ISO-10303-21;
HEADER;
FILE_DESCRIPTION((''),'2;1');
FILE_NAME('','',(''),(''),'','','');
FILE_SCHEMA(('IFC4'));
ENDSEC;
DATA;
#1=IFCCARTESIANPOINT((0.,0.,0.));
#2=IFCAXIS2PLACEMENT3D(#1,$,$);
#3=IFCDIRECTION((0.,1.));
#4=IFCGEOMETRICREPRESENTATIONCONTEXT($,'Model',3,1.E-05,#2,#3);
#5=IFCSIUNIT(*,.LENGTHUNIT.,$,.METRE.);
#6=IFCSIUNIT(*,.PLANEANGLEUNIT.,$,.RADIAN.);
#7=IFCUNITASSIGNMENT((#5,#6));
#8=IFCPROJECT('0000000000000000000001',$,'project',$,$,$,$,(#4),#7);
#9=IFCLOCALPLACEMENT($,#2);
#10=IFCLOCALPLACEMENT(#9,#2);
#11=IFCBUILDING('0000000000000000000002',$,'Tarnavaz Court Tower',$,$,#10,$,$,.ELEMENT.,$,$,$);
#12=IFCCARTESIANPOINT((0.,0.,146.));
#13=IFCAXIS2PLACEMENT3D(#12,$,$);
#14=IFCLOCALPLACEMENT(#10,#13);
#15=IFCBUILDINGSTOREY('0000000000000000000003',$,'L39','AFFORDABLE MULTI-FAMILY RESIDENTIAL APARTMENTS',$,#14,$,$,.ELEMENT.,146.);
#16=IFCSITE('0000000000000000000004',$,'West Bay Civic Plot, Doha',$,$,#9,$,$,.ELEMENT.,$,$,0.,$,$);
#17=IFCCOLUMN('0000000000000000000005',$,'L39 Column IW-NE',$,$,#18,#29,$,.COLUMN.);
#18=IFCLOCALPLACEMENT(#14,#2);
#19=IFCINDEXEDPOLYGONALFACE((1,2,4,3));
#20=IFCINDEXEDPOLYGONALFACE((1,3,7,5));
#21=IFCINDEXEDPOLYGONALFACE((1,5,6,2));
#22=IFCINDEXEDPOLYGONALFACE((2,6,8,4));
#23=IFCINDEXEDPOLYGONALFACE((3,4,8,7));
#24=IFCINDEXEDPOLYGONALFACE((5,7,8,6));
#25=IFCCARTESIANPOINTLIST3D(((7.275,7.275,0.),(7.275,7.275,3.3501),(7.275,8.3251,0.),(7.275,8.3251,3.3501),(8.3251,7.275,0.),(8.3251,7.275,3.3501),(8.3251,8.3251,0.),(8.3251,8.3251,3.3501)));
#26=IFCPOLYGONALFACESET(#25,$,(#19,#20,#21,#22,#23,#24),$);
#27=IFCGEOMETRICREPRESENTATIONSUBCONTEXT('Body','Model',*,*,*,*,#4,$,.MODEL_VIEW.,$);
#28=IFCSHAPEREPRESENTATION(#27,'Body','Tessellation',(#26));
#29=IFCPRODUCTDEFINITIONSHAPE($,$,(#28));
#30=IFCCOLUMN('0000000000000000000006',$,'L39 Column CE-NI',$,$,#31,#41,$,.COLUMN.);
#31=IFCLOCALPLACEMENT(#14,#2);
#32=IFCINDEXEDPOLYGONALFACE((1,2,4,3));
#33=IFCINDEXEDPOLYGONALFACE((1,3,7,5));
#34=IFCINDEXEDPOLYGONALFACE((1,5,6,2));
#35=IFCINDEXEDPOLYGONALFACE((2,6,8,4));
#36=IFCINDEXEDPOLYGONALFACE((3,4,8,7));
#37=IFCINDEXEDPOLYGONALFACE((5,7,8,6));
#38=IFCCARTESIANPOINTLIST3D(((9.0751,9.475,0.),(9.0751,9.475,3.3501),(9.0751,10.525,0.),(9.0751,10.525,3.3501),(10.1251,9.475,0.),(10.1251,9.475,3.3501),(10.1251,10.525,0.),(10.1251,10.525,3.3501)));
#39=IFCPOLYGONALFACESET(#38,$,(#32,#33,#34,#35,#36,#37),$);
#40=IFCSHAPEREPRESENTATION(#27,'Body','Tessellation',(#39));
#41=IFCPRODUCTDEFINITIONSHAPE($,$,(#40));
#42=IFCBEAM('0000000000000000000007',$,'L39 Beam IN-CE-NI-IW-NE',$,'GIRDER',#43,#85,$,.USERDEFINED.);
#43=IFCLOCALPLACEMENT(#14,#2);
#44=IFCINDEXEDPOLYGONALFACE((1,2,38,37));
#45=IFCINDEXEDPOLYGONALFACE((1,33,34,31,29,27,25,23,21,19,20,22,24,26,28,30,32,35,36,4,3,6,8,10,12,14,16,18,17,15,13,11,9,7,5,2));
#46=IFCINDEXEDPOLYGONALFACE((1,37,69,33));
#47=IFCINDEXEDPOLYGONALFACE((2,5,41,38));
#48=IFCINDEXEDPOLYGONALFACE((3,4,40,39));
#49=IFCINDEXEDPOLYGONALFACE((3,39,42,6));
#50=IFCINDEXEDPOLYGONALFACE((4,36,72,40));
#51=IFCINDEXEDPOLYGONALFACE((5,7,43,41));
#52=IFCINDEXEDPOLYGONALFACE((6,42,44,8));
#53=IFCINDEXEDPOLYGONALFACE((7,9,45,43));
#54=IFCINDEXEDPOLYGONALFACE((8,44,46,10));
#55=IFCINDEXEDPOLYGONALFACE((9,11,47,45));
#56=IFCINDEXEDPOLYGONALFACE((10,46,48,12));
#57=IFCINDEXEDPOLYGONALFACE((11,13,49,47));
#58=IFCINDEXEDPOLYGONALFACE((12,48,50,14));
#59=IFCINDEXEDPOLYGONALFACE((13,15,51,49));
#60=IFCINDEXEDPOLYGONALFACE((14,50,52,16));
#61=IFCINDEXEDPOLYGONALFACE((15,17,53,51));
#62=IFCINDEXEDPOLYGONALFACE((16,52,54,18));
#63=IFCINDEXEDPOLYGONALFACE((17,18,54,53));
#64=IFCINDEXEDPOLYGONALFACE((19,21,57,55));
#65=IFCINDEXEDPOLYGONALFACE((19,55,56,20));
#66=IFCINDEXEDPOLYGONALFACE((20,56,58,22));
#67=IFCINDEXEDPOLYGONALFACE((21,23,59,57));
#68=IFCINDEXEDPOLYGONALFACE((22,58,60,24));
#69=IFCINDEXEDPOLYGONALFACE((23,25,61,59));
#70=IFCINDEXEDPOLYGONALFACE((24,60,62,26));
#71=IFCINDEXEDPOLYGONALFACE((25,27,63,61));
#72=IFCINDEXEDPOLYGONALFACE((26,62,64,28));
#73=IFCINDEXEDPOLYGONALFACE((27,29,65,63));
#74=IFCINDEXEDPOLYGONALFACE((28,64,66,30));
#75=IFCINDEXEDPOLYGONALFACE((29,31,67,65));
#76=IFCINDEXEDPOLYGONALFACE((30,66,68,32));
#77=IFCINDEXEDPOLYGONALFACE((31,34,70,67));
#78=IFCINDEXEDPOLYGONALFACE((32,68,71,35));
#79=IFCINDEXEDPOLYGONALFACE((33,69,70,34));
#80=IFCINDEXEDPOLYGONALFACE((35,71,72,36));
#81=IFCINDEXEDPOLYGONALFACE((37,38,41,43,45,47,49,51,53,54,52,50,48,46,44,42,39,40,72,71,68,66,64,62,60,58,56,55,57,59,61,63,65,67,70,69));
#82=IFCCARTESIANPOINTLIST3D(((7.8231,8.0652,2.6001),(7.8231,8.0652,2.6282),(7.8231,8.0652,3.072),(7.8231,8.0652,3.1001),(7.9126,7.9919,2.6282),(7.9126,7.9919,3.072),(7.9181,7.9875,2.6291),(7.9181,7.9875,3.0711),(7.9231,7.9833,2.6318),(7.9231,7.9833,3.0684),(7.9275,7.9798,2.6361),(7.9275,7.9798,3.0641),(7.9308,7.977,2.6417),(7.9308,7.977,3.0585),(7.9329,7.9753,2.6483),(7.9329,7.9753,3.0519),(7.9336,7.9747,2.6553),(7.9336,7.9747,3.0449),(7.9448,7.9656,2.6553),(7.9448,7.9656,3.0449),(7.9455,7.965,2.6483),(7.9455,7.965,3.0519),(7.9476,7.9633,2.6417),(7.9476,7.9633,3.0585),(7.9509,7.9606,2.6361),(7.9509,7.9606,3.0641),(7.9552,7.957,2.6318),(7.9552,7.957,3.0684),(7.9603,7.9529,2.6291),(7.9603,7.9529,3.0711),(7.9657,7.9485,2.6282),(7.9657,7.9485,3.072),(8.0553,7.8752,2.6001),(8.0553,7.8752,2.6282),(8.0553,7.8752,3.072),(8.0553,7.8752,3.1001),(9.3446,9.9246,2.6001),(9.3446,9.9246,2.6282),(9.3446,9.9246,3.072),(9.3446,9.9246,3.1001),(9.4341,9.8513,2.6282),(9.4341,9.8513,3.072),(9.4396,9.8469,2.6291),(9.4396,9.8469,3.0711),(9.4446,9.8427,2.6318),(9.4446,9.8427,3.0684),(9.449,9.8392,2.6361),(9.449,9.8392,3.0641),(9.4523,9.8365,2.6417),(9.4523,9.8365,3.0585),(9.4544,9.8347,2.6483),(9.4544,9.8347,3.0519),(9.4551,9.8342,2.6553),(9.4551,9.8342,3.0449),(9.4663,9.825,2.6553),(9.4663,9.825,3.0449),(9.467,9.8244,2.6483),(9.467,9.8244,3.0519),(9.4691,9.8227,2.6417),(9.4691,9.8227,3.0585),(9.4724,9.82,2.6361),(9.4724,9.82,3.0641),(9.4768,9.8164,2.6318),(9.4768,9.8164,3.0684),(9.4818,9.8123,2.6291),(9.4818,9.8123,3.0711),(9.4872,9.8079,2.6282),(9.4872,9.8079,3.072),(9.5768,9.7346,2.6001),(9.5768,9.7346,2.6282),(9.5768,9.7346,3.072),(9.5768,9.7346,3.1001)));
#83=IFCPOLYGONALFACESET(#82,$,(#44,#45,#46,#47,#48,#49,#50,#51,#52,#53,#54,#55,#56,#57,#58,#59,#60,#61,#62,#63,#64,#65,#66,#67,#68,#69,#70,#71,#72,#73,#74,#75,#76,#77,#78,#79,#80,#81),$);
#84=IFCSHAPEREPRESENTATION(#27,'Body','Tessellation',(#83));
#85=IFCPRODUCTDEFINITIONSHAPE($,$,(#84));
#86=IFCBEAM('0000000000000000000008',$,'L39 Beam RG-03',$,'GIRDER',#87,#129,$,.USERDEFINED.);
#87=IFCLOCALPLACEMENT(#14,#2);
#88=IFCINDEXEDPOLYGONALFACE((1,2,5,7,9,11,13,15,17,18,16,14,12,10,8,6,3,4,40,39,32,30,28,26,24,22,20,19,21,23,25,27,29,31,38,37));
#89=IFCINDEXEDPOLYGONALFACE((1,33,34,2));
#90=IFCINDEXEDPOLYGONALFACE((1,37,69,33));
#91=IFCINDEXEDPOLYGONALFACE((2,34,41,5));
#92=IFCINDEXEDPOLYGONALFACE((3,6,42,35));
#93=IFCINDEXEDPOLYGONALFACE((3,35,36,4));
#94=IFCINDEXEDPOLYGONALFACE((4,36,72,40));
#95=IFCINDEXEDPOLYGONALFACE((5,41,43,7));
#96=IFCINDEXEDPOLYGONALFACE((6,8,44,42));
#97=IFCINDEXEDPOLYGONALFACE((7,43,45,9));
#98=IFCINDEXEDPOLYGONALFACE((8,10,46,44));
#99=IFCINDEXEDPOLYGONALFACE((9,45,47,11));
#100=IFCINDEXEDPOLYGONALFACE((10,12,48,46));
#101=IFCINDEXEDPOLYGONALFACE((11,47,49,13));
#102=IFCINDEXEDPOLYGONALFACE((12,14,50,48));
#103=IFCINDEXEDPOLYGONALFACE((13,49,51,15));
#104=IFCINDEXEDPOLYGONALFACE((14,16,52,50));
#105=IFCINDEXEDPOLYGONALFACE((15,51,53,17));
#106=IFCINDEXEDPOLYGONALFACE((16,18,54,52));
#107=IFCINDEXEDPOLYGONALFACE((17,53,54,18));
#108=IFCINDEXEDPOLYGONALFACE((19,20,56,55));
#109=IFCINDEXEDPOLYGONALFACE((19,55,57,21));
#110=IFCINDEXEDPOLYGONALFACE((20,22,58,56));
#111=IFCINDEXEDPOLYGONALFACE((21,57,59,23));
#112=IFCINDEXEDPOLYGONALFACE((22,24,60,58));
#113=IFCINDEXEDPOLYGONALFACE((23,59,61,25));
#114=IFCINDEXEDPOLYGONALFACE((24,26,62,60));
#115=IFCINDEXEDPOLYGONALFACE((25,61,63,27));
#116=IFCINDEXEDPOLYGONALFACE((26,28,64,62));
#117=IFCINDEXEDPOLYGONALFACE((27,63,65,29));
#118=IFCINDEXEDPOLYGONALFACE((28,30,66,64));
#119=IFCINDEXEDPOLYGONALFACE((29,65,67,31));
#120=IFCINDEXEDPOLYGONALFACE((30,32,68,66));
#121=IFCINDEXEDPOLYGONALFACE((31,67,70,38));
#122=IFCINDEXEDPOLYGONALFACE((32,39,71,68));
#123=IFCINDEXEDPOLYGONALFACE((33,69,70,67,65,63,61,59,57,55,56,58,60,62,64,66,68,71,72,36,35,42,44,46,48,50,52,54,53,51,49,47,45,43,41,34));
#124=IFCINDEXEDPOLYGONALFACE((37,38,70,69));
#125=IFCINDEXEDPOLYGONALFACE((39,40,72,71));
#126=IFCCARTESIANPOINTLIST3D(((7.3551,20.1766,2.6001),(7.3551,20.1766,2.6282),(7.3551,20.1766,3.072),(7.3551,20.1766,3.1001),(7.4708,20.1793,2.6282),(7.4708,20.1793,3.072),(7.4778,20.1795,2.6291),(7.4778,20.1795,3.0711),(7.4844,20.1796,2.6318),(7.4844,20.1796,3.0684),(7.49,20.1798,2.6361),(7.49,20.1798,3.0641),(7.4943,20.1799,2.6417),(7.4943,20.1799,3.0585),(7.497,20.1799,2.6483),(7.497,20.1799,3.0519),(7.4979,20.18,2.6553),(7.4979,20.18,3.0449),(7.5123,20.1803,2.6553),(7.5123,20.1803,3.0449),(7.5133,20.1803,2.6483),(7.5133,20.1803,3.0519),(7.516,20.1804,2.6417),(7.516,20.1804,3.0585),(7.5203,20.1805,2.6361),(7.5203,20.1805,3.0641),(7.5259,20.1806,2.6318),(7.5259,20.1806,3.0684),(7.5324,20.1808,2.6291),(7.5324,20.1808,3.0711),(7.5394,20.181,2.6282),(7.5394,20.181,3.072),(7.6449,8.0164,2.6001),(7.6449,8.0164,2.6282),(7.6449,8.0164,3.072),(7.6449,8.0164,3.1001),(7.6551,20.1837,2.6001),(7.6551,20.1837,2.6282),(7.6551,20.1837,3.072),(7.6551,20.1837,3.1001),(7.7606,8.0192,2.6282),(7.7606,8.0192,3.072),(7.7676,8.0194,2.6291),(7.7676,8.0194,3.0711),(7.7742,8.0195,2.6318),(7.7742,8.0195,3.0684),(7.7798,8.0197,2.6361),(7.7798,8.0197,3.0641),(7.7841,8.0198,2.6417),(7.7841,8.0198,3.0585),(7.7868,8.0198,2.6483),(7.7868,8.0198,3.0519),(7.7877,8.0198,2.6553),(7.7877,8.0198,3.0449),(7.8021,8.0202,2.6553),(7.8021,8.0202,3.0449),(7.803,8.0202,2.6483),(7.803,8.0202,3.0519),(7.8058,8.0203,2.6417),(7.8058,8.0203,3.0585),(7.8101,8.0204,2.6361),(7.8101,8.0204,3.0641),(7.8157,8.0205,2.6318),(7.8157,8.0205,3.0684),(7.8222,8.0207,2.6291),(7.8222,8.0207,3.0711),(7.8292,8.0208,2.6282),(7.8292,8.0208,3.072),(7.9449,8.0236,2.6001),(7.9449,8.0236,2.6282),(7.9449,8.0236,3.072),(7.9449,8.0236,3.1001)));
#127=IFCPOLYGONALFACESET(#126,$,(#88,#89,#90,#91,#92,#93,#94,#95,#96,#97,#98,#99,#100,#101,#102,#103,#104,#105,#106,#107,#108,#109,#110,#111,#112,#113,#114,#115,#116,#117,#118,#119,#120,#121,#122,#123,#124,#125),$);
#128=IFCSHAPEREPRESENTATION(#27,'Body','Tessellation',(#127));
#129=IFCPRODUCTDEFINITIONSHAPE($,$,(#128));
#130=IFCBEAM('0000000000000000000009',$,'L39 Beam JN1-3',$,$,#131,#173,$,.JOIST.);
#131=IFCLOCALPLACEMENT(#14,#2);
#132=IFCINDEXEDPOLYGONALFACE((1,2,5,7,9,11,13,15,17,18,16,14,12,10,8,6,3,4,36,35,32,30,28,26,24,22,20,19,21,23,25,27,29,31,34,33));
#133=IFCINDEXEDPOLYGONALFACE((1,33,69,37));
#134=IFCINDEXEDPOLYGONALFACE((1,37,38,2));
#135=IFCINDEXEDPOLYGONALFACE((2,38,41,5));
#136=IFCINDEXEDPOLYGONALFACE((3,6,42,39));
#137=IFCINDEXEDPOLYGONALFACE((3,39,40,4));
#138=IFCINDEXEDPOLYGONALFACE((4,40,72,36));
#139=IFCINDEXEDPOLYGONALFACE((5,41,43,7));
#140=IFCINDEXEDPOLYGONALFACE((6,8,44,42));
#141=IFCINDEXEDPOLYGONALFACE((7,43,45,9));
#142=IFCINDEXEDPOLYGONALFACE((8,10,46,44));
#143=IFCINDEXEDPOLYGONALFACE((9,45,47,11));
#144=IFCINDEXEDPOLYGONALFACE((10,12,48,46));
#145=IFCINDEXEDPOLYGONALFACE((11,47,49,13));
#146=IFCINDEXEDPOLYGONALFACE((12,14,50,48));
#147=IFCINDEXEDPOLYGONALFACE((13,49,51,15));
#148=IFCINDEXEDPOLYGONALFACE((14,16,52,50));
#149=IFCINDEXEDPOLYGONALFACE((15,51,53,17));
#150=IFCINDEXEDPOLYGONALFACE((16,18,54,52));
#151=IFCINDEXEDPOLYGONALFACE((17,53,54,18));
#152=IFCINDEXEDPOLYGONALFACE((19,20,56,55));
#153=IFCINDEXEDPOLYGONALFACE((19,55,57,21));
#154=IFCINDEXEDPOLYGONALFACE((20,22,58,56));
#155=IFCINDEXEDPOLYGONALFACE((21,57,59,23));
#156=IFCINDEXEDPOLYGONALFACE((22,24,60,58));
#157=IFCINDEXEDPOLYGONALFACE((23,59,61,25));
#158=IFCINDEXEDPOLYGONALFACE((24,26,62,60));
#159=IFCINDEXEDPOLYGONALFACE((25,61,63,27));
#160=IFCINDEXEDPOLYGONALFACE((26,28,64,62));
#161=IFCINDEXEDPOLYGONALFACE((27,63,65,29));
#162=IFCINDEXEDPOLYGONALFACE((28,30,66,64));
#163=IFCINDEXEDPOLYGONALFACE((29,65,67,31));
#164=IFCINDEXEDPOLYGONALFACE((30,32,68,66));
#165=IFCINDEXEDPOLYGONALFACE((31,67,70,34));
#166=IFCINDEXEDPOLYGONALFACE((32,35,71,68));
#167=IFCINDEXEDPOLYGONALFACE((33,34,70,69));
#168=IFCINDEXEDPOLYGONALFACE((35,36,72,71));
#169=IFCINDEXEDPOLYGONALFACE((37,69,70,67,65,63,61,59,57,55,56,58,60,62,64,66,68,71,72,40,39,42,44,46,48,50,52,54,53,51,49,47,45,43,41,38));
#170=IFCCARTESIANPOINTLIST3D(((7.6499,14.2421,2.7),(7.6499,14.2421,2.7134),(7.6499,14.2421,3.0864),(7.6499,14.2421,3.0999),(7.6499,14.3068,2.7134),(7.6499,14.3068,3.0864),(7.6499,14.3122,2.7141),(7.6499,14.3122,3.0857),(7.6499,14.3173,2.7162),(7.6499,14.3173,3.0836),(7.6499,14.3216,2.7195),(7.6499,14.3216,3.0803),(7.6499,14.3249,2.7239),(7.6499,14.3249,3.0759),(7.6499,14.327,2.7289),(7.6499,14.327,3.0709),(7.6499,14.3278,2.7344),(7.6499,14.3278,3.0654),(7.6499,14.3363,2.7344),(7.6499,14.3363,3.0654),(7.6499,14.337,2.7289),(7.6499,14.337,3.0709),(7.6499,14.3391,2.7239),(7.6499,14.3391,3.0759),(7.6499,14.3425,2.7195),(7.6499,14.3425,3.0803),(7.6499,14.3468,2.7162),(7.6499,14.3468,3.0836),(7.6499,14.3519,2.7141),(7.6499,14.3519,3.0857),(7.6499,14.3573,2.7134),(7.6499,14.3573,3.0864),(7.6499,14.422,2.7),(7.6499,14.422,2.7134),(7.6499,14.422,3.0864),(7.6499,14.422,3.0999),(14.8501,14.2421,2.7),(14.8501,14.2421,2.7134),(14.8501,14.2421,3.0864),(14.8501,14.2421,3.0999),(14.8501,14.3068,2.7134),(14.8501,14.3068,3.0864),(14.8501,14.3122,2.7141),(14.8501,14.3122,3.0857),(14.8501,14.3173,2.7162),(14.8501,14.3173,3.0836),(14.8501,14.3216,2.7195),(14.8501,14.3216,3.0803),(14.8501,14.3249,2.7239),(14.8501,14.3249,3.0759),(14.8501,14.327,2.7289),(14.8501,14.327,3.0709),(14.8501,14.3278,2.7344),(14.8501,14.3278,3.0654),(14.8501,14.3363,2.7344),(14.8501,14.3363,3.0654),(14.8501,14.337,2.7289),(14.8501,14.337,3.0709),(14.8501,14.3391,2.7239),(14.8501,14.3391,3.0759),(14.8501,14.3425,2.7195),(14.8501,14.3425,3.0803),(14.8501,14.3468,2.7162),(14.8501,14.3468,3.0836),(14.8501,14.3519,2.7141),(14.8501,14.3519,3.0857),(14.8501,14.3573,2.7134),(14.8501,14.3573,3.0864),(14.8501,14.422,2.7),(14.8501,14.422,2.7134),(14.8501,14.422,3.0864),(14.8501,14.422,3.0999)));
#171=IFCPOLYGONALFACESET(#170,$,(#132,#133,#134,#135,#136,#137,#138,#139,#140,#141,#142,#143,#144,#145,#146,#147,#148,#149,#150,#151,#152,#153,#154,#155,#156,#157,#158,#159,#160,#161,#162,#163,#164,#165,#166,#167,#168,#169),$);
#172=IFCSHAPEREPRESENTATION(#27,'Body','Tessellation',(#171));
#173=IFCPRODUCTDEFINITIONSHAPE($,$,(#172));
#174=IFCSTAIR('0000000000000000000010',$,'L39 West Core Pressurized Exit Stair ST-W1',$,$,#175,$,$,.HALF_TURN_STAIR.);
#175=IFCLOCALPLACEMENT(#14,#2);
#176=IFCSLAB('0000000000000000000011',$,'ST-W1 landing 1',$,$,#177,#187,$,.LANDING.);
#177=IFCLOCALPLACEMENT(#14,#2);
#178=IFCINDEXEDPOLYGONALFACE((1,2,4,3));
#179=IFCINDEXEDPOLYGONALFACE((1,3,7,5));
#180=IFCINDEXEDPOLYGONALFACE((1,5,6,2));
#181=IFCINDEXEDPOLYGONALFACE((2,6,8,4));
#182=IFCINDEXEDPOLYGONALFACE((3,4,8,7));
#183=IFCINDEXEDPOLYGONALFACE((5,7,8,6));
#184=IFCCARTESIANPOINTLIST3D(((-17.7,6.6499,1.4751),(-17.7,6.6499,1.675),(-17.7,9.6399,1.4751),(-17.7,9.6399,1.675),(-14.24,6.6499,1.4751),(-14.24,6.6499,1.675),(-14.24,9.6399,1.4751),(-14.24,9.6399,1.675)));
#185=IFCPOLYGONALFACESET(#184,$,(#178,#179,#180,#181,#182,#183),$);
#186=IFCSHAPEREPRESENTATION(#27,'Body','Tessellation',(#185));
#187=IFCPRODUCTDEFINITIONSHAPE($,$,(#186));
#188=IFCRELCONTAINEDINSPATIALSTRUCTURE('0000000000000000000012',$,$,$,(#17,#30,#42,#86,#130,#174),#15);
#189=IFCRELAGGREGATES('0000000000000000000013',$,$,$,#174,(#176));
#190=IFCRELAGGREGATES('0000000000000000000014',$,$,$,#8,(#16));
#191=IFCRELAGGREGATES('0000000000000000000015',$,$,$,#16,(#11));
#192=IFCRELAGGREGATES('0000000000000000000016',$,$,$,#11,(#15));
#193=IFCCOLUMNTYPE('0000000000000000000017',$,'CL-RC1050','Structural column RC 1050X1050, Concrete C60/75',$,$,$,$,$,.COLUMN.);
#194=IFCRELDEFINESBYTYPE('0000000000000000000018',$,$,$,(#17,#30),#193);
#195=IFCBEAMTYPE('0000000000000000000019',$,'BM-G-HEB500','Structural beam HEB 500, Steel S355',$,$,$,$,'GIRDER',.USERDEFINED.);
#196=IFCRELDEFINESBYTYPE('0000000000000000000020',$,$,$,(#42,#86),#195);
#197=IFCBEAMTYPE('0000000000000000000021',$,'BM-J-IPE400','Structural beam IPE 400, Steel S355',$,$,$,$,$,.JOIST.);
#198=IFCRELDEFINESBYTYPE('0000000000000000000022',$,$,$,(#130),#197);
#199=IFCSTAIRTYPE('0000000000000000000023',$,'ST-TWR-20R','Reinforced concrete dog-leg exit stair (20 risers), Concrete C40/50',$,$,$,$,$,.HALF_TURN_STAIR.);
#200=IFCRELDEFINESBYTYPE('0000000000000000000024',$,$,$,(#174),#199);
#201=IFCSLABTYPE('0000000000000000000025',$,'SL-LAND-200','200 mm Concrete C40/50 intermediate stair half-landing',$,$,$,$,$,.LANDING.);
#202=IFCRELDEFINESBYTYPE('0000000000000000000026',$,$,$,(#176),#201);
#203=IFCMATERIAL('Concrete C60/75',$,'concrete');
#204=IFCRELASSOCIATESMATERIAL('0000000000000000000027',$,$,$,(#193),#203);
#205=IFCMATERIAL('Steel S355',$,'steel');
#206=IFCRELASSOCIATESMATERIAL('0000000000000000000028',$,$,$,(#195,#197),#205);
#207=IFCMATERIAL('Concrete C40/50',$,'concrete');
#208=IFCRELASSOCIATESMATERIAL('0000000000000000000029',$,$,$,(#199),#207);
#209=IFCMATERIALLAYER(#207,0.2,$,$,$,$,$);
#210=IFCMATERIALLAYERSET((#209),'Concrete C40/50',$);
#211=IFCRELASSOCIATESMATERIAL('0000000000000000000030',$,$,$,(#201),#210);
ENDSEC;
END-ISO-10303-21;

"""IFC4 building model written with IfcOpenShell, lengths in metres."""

from ifc_helpers import new_model, si_unit, direction, frame, origin, origin_2d, place, context, subcontext, project, spatial, polyline, rectangle, i_section, outline, extrude, material, layer, layer_set, material_profile, profile_set, type_object, element, aggregate, save


model = new_model("IFC4")

# Units and contexts
model_context = context("Model", 3, precision=1e-05, world=origin(), true_north=direction((0.0, 1.0)))
body_context = subcontext(model_context, "Body", "Model", "MODEL_VIEW")
ifc_project = project(units=[si_unit("LENGTHUNIT", "METRE"), si_unit("PLANEANGLEUNIT", "RADIAN")], contexts=[model_context])

# Site, building, storey
site_placement = place(None, origin())
site = spatial("IfcSite", under=ifc_project, at=site_placement, Name="West Bay Civic Plot, Doha", CompositionType="ELEMENT", RefElevation=0.0)
building_placement = place(site_placement, origin())
building = spatial("IfcBuilding", under=site, at=building_placement, Name="Tarnavaz Court Tower", CompositionType="ELEMENT")
storey_placement = place(building_placement, frame((0.0, 0.0, 146.0)))
storey = spatial("IfcBuildingStorey", under=building, at=storey_placement, Name="L39", Description="AFFORDABLE MULTI-FAMILY RESIDENTIAL APARTMENTS", CompositionType="ELEMENT", Elevation=146.0)

# Columns
ifc_material_1 = material(Name="Concrete C60/75", Category="concrete")
ifc_material_profile_1 = material_profile(ifc_material_1, rectangle(XDim=1.05, YDim=1.05, at=origin_2d()), Name="RC 1050X1050")
ifc_profile_set_1 = profile_set([ifc_material_profile_1], Name="Concrete C60/75")
column_type = type_object("IfcColumnType", Name="CL-RC1050", Description="Structural column RC 1050X1050, Concrete C60/75", PredefinedType="COLUMN", material=ifc_profile_set_1)
for number, where, z_axis, x_axis, name in (
    (1, (7.8, 7.8, 0.0), (0.0, 0.0, 1.0), (1.0, 0.0, 0.0), "L39 Column IW-NE"),
    (2, (9.6001, 10.0, 0.0), (0.0, 0.0, 1.0), (1.0, 0.0, 0.0), "L39 Column CE-NI"),
):
    element("IfcColumn", number, at=place(storey_placement, frame(where, z_axis=z_axis, x_axis=x_axis)), inside=storey, type_object=column_type, Name=name, PredefinedType="COLUMN", context=body_context, shape_type="SweptSolid", body=[
        extrude(rectangle(XDim=1.05, YDim=1.05, at=origin_2d()), origin(), (0.0, 0.0, 1.0), 3.3501),
    ])

# Beams
ifc_material_2 = material(Name="Steel S355", Category="steel")
ifc_material_profile_2 = material_profile(ifc_material_2, i_section(OverallWidth=0.3, OverallDepth=0.5, WebThickness=0.0144, FlangeThickness=0.0281, FilletRadius=0.0271, at=origin_2d()), Name="HEB 500")
ifc_profile_set_2 = profile_set([ifc_material_profile_2], Name="Steel S355")
beam_type_1 = type_object("IfcBeamType", Name="BM-G-HEB500", Description="Structural beam HEB 500, Steel S355", ElementType="GIRDER", PredefinedType="USERDEFINED", material=ifc_profile_set_2)
beam_1_placement = place(storey_placement, frame((9.4607, 9.8296, 2.8501), z_axis=(-0.633282, -0.773921, 0.0), x_axis=(0.773921, -0.633282, 0.0)))
element("IfcBeam", 3, at=beam_1_placement, inside=storey, type_object=beam_type_1, Name="L39 Beam IN-CE-NI-IW-NE", ObjectType="GIRDER", PredefinedType="USERDEFINED", context=body_context, shape_type="SweptSolid", body=[
    extrude(i_section(OverallWidth=0.3, OverallDepth=0.5, WebThickness=0.0144, FlangeThickness=0.0281, FilletRadius=0.0271, at=origin_2d()), origin(), (0.0, 0.0, 1.0), 2.4026),
])
beam_2_placement = place(storey_placement, frame((7.7949, 8.02, 2.8501), z_axis=(-0.023825, 0.999716, 0.0), x_axis=(-0.999716, -0.023825, 0.0)))
element("IfcBeam", 4, at=beam_2_placement, inside=storey, type_object=beam_type_1, Name="L39 Beam RG-03", ObjectType="GIRDER", PredefinedType="USERDEFINED", context=body_context, shape_type="SweptSolid", body=[
    extrude(i_section(OverallWidth=0.3, OverallDepth=0.5, WebThickness=0.0144, FlangeThickness=0.0281, FilletRadius=0.0271, at=origin_2d()), origin(), (0.0, 0.0, 1.0), 12.1636),
])
ifc_material_profile_3 = material_profile(ifc_material_2, i_section(OverallWidth=0.1799, OverallDepth=0.3999, WebThickness=0.0085, FlangeThickness=0.0134, FilletRadius=0.021, at=origin_2d()), Name="IPE 400")
ifc_profile_set_3 = profile_set([ifc_material_profile_3], Name="Steel S355")
beam_type_2 = type_object("IfcBeamType", Name="BM-J-IPE400", Description="Structural beam IPE 400, Steel S355", PredefinedType="JOIST", material=ifc_profile_set_3)
beam_3_placement = place(storey_placement, frame((7.6499, 14.332, 2.8999), z_axis=(1.0, 0.0, 0.0), x_axis=(0.0, 1.0, 0.0)))
element("IfcBeam", 5, at=beam_3_placement, inside=storey, type_object=beam_type_2, Name="L39 Beam JN1-3", PredefinedType="JOIST", context=body_context, shape_type="SweptSolid", body=[
    extrude(i_section(OverallWidth=0.1799, OverallDepth=0.3999, WebThickness=0.0085, FlangeThickness=0.0134, FilletRadius=0.021, at=origin_2d()), origin(), (0.0, 0.0, 1.0), 7.2002),
])

# Stair, slab
ifc_material_3 = material(Name="Concrete C40/50", Category="concrete")
stair_type = type_object("IfcStairType", Name="ST-TWR-20R", Description="Reinforced concrete dog-leg exit stair (20 risers), Concrete C40/50", PredefinedType="HALF_TURN_STAIR", material=ifc_material_3)
stair_1_placement = place(storey_placement, origin())
stair_1 = element("IfcStair", 6, at=stair_1_placement, inside=storey, type_object=stair_type, Name="L39 West Core Pressurized Exit Stair ST-W1", PredefinedType="HALF_TURN_STAIR")
ifc_layer_1 = layer(ifc_material_3, 0.2)
ifc_layer_set_1 = layer_set([ifc_layer_1], Name="Concrete C40/50")
slab_type_1 = type_object("IfcSlabType", Name="SL-LAND-200", Description="200 mm Concrete C40/50 intermediate stair half-landing", PredefinedType="LANDING", material=ifc_layer_set_1)
slab_1_placement = place(storey_placement, frame((0.0, 0.0, 1.4751)))
slab_1 = element("IfcSlab", 7, at=slab_1_placement, type_object=slab_type_1, Name="ST-W1 landing 1", PredefinedType="LANDING", context=body_context, shape_type="SweptSolid", body=[
    extrude(outline(polyline([(-14.24, 9.6399), (-17.7, 9.6399), (-17.7, 6.6499), (-14.24, 6.6499), (-14.24, 9.6399)])), origin(), (0.0, 0.0, 1.0), 0.2),
])
aggregate(stair_1, [slab_1])

save(model, "model.ifc")
